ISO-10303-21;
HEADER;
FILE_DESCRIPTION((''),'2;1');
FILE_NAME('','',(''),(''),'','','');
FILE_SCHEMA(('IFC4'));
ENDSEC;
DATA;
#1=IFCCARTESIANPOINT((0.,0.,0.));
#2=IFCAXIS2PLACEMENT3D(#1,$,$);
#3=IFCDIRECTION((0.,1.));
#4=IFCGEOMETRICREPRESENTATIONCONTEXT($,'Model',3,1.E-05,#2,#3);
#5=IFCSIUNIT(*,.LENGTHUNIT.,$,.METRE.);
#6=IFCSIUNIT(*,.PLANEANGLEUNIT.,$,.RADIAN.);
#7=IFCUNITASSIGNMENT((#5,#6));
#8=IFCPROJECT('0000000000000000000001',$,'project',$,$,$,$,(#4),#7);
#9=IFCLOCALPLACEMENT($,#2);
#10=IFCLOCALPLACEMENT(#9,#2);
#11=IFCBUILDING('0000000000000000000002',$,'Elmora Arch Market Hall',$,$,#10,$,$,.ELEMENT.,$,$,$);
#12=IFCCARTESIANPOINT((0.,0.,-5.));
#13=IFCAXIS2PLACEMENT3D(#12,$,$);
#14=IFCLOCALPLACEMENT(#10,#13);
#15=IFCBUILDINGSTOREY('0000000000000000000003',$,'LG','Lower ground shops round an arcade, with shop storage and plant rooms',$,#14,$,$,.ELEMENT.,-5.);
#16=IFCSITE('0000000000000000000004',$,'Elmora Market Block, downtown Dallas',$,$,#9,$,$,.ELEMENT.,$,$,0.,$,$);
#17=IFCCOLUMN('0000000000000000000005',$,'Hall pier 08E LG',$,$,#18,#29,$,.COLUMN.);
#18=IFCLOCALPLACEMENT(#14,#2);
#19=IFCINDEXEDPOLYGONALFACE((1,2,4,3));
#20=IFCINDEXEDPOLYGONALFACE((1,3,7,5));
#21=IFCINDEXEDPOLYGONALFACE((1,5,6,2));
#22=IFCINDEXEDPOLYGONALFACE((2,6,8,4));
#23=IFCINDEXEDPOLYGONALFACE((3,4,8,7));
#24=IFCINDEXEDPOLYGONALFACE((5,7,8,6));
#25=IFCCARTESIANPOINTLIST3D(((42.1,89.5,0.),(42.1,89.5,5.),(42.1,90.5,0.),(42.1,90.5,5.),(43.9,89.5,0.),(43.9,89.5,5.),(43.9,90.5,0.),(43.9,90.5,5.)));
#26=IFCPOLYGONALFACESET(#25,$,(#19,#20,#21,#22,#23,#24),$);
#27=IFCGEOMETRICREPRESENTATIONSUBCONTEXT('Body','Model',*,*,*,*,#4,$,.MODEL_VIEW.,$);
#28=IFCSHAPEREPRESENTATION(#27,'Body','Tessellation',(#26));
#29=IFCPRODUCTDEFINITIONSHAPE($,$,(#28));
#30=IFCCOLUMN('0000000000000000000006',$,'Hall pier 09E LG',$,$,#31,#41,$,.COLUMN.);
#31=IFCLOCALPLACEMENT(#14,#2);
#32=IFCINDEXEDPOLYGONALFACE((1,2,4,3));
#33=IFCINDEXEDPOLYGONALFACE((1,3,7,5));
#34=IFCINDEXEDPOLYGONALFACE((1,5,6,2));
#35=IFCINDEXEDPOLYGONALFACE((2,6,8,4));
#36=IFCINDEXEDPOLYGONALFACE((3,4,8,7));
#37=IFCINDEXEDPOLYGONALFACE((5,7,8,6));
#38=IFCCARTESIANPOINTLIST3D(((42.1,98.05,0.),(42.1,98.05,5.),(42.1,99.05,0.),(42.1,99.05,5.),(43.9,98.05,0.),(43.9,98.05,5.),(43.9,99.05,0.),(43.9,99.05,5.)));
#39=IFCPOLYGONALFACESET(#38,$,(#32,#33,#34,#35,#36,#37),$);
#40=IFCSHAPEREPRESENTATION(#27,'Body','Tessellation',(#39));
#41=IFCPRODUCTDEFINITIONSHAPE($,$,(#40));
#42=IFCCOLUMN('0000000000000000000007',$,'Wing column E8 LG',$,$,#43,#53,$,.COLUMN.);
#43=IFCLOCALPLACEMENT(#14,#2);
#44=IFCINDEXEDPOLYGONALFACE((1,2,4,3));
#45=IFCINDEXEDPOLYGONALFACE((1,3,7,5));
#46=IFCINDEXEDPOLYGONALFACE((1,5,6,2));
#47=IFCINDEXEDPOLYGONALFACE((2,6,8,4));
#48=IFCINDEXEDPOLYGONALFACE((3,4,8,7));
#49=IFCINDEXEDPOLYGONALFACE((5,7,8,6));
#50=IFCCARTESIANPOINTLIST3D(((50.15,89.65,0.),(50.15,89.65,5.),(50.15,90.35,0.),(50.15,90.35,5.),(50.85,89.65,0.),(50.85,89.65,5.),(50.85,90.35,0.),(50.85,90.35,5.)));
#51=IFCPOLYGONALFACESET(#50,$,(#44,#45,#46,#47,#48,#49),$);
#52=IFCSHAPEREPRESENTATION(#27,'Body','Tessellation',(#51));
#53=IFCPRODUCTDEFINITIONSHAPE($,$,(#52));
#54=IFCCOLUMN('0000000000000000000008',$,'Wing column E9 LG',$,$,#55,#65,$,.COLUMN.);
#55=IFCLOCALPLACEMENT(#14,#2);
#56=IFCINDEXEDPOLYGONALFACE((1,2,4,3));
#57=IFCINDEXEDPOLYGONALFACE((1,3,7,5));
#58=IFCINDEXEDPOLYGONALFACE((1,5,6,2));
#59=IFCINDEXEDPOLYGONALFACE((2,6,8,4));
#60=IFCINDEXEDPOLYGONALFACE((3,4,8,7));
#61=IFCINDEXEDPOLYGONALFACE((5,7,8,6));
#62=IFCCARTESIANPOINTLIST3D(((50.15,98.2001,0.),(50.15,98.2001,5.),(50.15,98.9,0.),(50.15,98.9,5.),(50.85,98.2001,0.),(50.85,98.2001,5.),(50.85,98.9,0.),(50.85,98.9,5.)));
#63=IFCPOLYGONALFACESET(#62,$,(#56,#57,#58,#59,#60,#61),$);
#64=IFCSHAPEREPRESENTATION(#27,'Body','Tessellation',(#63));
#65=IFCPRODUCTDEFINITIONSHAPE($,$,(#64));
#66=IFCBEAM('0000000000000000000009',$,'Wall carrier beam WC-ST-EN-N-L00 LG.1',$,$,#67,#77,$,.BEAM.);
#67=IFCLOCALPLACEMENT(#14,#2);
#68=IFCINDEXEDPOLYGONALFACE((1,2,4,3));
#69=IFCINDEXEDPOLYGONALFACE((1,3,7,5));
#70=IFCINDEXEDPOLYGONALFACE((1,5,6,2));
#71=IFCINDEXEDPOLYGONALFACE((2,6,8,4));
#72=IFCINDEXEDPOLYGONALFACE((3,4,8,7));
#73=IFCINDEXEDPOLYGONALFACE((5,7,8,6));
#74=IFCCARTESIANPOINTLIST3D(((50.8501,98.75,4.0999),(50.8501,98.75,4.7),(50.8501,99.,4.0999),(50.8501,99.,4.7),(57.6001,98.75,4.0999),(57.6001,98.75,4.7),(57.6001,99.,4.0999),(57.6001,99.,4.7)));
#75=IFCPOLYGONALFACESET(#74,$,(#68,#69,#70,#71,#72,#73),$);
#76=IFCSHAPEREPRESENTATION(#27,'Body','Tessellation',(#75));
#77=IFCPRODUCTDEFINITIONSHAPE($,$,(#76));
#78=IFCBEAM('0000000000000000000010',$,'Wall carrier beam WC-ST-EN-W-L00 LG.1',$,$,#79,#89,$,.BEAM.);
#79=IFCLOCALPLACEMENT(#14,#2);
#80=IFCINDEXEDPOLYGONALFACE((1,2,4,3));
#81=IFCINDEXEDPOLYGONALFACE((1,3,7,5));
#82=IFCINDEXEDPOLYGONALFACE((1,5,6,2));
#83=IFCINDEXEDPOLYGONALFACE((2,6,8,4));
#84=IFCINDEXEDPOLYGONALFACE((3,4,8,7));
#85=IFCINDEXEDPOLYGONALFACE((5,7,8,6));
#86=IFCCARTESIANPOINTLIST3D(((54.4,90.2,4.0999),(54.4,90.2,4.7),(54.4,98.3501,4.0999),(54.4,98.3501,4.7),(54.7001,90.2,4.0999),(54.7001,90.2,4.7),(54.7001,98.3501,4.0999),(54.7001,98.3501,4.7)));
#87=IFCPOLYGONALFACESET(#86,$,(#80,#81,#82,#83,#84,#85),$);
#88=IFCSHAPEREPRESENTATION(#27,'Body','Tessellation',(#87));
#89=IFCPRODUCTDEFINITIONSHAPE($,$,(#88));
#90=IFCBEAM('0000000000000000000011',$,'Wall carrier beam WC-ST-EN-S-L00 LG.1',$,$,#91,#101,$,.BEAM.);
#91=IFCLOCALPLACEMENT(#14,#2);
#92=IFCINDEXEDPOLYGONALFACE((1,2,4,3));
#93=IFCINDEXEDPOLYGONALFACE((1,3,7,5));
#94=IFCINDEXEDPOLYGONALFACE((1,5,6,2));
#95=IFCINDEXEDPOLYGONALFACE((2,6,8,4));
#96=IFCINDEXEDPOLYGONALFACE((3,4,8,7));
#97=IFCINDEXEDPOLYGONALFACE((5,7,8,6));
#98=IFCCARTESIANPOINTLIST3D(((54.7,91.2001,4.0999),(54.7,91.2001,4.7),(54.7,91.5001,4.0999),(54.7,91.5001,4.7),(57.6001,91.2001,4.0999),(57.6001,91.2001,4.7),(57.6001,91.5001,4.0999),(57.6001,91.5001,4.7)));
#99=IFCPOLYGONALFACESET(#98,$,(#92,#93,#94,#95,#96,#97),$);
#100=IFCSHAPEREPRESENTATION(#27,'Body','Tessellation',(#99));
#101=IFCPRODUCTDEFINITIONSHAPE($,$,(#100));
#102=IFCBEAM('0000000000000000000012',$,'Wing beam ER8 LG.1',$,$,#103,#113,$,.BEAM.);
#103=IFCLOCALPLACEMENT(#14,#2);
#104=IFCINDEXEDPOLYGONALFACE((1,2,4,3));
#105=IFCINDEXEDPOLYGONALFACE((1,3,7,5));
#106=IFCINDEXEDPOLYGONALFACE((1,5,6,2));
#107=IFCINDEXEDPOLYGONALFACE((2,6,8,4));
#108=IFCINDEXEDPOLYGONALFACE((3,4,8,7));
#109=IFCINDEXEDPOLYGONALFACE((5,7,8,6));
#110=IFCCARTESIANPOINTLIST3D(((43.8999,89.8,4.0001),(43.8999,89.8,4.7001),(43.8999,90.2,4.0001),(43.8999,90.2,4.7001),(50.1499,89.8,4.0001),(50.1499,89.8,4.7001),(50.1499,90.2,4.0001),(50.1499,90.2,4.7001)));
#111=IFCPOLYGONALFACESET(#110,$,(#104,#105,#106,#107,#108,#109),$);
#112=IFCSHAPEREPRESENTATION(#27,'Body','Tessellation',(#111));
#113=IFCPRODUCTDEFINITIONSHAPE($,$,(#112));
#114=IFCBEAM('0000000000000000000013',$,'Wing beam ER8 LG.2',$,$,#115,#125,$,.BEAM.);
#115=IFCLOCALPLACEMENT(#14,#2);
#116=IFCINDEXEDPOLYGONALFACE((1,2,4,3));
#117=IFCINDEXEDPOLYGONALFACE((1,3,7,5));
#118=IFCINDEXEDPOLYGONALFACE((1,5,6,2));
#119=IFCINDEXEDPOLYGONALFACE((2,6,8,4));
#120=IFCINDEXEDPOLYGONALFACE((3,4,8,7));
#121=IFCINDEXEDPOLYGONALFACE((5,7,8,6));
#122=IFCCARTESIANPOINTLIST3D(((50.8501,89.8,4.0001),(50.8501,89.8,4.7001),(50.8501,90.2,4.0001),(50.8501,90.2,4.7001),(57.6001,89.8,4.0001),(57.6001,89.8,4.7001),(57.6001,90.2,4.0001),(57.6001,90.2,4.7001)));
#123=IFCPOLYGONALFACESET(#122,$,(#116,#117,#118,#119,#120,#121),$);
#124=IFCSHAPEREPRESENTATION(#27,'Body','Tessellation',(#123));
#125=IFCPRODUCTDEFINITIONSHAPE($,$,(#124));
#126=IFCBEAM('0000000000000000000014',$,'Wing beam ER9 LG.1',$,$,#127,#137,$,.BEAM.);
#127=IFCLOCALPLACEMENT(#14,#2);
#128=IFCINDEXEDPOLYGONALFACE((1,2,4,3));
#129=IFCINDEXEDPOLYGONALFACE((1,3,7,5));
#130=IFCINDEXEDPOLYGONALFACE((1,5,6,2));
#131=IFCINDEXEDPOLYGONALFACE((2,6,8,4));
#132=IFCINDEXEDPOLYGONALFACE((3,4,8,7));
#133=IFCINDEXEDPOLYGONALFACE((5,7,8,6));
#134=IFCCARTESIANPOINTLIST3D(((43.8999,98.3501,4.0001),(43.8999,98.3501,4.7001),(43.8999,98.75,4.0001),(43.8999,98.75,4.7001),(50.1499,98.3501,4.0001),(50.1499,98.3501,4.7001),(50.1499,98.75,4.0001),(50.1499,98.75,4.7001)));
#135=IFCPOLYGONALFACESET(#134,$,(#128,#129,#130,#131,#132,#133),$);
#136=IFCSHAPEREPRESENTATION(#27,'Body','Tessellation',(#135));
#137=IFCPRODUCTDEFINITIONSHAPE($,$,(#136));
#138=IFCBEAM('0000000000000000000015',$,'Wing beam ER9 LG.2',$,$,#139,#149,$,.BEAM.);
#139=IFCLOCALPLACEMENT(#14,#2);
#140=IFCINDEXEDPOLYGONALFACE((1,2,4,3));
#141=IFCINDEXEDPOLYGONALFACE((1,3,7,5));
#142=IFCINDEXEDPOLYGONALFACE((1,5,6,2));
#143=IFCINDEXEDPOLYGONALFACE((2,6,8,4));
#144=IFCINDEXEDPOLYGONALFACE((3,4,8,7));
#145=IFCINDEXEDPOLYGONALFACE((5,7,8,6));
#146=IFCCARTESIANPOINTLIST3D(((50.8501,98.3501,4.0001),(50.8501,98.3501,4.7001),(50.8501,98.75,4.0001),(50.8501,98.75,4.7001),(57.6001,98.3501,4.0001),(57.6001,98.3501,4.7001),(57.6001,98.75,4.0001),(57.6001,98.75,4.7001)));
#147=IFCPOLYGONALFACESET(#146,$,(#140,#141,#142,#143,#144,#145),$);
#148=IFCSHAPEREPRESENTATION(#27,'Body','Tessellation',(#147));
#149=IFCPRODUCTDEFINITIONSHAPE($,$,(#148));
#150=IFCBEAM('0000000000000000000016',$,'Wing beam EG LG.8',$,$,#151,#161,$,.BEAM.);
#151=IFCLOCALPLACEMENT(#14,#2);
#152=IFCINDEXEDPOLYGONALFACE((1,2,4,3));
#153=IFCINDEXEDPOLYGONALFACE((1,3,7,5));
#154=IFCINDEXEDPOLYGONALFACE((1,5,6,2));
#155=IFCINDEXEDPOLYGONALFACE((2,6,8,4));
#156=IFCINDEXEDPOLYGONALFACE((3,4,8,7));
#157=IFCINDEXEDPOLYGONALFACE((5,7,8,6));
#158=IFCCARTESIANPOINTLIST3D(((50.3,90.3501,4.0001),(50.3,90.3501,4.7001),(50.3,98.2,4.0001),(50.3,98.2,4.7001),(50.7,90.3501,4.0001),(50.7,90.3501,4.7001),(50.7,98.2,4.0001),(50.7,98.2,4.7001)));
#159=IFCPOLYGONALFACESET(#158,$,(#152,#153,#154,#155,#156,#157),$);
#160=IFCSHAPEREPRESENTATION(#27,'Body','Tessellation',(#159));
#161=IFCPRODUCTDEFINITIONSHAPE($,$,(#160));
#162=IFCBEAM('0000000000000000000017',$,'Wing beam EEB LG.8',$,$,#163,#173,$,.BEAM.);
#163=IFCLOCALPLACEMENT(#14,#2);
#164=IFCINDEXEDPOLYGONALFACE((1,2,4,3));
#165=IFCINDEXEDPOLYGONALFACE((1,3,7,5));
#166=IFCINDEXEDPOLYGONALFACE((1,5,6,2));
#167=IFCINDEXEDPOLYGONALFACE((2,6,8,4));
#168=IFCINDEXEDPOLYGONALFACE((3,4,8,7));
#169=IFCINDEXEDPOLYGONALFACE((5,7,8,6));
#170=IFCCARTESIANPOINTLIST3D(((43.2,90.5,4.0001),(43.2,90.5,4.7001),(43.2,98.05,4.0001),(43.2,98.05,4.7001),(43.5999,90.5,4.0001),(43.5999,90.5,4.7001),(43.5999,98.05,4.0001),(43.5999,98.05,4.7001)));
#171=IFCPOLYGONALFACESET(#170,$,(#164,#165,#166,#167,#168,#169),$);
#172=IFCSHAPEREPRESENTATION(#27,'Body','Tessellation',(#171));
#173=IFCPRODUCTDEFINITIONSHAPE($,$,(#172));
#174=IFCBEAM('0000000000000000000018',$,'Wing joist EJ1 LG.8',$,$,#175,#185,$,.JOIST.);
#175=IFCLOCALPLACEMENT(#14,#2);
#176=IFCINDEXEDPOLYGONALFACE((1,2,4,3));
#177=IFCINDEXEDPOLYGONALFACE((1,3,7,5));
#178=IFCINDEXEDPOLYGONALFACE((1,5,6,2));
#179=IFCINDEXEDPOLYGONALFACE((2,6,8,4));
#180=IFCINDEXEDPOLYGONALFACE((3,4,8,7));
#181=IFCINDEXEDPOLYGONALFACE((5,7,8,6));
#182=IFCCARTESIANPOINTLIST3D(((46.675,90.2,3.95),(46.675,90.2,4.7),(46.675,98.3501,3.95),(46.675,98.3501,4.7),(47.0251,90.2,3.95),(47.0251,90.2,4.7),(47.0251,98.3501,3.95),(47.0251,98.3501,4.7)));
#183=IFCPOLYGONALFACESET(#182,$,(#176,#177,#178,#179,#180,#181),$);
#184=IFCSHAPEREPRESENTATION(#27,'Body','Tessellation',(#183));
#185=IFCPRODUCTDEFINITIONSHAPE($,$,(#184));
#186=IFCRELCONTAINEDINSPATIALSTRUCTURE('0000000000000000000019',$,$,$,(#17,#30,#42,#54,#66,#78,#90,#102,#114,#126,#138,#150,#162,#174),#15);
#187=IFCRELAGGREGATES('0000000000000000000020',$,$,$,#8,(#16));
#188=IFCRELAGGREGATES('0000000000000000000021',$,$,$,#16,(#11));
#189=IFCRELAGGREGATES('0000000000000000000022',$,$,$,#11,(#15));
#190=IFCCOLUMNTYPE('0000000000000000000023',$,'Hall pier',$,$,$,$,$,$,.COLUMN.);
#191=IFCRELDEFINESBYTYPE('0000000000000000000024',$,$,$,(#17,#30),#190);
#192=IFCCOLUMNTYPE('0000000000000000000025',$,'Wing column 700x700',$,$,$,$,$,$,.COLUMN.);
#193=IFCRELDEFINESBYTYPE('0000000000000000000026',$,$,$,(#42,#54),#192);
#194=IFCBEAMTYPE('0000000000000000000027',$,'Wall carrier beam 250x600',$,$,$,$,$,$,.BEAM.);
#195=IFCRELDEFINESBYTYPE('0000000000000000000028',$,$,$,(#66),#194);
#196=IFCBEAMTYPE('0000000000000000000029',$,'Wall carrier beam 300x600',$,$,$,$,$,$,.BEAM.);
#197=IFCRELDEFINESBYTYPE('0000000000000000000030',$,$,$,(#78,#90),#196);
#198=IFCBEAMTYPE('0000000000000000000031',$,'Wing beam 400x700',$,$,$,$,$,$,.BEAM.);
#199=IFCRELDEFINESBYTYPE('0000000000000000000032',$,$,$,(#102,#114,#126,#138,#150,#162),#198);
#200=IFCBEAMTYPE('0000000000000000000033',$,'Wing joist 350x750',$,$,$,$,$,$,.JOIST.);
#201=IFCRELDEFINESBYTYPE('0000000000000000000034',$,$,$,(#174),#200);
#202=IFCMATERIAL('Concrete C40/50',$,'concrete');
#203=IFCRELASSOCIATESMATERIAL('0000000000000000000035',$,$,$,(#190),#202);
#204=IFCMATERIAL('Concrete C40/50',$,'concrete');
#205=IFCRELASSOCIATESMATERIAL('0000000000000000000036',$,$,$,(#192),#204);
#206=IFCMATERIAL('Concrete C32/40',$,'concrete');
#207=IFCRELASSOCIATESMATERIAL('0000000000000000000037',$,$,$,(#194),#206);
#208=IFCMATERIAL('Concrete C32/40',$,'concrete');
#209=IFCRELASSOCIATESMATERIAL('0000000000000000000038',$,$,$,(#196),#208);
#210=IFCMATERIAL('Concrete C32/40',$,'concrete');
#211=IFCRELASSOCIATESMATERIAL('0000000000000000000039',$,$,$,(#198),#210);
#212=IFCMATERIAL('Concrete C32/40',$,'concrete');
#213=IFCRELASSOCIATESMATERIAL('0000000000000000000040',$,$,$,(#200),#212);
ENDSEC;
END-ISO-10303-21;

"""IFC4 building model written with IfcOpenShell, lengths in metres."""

from ifc_helpers import new_model, si_unit, direction, frame, origin, origin_2d, place, context, subcontext, project, spatial, rectangle, extrude, material, material_profile, profile_set, type_object, element, save


model = new_model("IFC4")

# Units and contexts
model_context = context("Model", 3, precision=1e-05, world=origin(), true_north=direction((0.0, 1.0)))
body_context = subcontext(model_context, "Body", "Model", "MODEL_VIEW")
ifc_project = project(units=[si_unit("LENGTHUNIT", "METRE"), si_unit("PLANEANGLEUNIT", "RADIAN")], contexts=[model_context])

# Site, building, storey
site_placement = place(None, origin())
site = spatial("IfcSite", under=ifc_project, at=site_placement, Name="Elmora Market Block, downtown Dallas", CompositionType="ELEMENT", RefElevation=0.0)
building_placement = place(site_placement, origin())
building = spatial("IfcBuilding", under=site, at=building_placement, Name="Elmora Arch Market Hall", CompositionType="ELEMENT")
storey_placement = place(building_placement, frame((0.0, 0.0, -5.0)))
storey = spatial("IfcBuildingStorey", under=building, at=storey_placement, Name="LG", Description="Lower ground shops round an arcade, with shop storage and plant rooms", CompositionType="ELEMENT", Elevation=-5.0)

# Columns
ifc_material_1 = material(Name="Concrete C40/50", Category="concrete")
ifc_material_profile_1 = material_profile(ifc_material_1, rectangle(XDim=1.8, YDim=1.0, at=origin_2d()), Name="Hall pier")
ifc_profile_set_1 = profile_set([ifc_material_profile_1], Name="Concrete C40/50")
column_type_1 = type_object("IfcColumnType", Name="Hall pier", PredefinedType="COLUMN", material=ifc_profile_set_1)
for number, where, z_axis, x_axis, name in (
    (1, (43.0, 90.0, 0.0), (0.0, 0.0, 1.0), (1.0, 0.0, 0.0), "Hall pier 08E LG"),
    (2, (43.0, 98.55, 0.0), (0.0, 0.0, 1.0), (1.0, 0.0, 0.0), "Hall pier 09E LG"),
):
    element("IfcColumn", number, at=place(storey_placement, frame(where, z_axis=z_axis, x_axis=x_axis)), inside=storey, type_object=column_type_1, Name=name, PredefinedType="COLUMN", context=body_context, shape_type="SweptSolid", body=[
        extrude(rectangle(XDim=1.8, YDim=1.0, at=origin_2d()), origin(), (0.0, 0.0, 1.0), 5.0),
    ])
ifc_material_2 = material(Name="Concrete C40/50", Category="concrete")
ifc_material_profile_2 = material_profile(ifc_material_2, rectangle(XDim=0.7, YDim=0.7, at=origin_2d()), Name="Wing column 700x700")
ifc_profile_set_2 = profile_set([ifc_material_profile_2], Name="Concrete C40/50")
column_type_2 = type_object("IfcColumnType", Name="Wing column 700x700", PredefinedType="COLUMN", material=ifc_profile_set_2)
for number, where, z_axis, x_axis, name in (
    (3, (50.5, 90.0, 0.0), (0.0, 0.0, 1.0), (1.0, 0.0, 0.0), "Wing column E8 LG"),
    (4, (50.5, 98.55, 0.0), (0.0, 0.0, 1.0), (1.0, 0.0, 0.0), "Wing column E9 LG"),
):
    element("IfcColumn", number, at=place(storey_placement, frame(where, z_axis=z_axis, x_axis=x_axis)), inside=storey, type_object=column_type_2, Name=name, PredefinedType="COLUMN", context=body_context, shape_type="SweptSolid", body=[
        extrude(rectangle(XDim=0.7, YDim=0.7, at=origin_2d()), origin(), (0.0, 0.0, 1.0), 5.0),
    ])

# Beams
ifc_material_3 = material(Name="Concrete C32/40", Category="concrete")
ifc_material_profile_3 = material_profile(ifc_material_3, rectangle(XDim=0.25, YDim=0.6001, at=origin_2d()), Name="Wall carrier beam 250x600")
ifc_profile_set_3 = profile_set([ifc_material_profile_3], Name="Concrete C32/40")
beam_type_1 = type_object("IfcBeamType", Name="Wall carrier beam 250x600", PredefinedType="BEAM", material=ifc_profile_set_3)
beam_1_placement = place(storey_placement, frame((50.8501, 98.875, 4.3999), z_axis=(1.0, 0.0, 0.0), x_axis=(0.0, 1.0, 0.0)))
element("IfcBeam", 5, at=beam_1_placement, inside=storey, type_object=beam_type_1, Name="Wall carrier beam WC-ST-EN-N-L00 LG.1", PredefinedType="BEAM", context=body_context, shape_type="SweptSolid", body=[
    extrude(rectangle(XDim=0.25, YDim=0.6001, at=origin_2d()), origin(), (0.0, 0.0, 1.0), 6.75),
])
ifc_material_4 = material(Name="Concrete C32/40", Category="concrete")
ifc_material_profile_4 = material_profile(ifc_material_4, rectangle(XDim=0.3, YDim=0.6001, at=origin_2d()), Name="Wall carrier beam 300x600")
ifc_profile_set_4 = profile_set([ifc_material_profile_4], Name="Concrete C32/40")
beam_type_2 = type_object("IfcBeamType", Name="Wall carrier beam 300x600", PredefinedType="BEAM", material=ifc_profile_set_4)
beam_2_placement = place(storey_placement, frame((54.55, 90.2, 4.3999), z_axis=(0.0, 1.0, 0.0), x_axis=(-1.0, 0.0, 0.0)))
element("IfcBeam", 6, at=beam_2_placement, inside=storey, type_object=beam_type_2, Name="Wall carrier beam WC-ST-EN-W-L00 LG.1", PredefinedType="BEAM", context=body_context, shape_type="SweptSolid", body=[
    extrude(rectangle(XDim=0.3, YDim=0.6001, at=origin_2d()), origin(), (0.0, 0.0, 1.0), 8.1501),
])
beam_3_placement = place(storey_placement, frame((54.7, 91.3501, 4.3999), z_axis=(1.0, 0.0, 0.0), x_axis=(0.0, 1.0, 0.0)))
element("IfcBeam", 7, at=beam_3_placement, inside=storey, type_object=beam_type_2, Name="Wall carrier beam WC-ST-EN-S-L00 LG.1", PredefinedType="BEAM", context=body_context, shape_type="SweptSolid", body=[
    extrude(rectangle(XDim=0.3, YDim=0.6001, at=origin_2d()), origin(), (0.0, 0.0, 1.0), 2.9001),
])
ifc_material_5 = material(Name="Concrete C32/40", Category="concrete")
ifc_material_profile_5 = material_profile(ifc_material_5, rectangle(XDim=0.3999, YDim=0.7, at=origin_2d()), Name="Wing beam 400x700")
ifc_profile_set_5 = profile_set([ifc_material_profile_5], Name="Concrete C32/40")
beam_type_3 = type_object("IfcBeamType", Name="Wing beam 400x700", PredefinedType="BEAM", material=ifc_profile_set_5)
beam_4_placement = place(storey_placement, frame((43.8999, 90.0, 4.3501), z_axis=(1.0, 0.0, 0.0), x_axis=(0.0, 1.0, 0.0)))
element("IfcBeam", 8, at=beam_4_placement, inside=storey, type_object=beam_type_3, Name="Wing beam ER8 LG.1", PredefinedType="BEAM", context=body_context, shape_type="SweptSolid", body=[
    extrude(rectangle(XDim=0.3999, YDim=0.7, at=origin_2d()), origin(), (0.0, 0.0, 1.0), 6.25),
])
beam_5_placement = place(storey_placement, frame((50.8501, 90.0, 4.3501), z_axis=(1.0, 0.0, 0.0), x_axis=(0.0, 1.0, 0.0)))
element("IfcBeam", 9, at=beam_5_placement, inside=storey, type_object=beam_type_3, Name="Wing beam ER8 LG.2", PredefinedType="BEAM", context=body_context, shape_type="SweptSolid", body=[
    extrude(rectangle(XDim=0.3999, YDim=0.7, at=origin_2d()), origin(), (0.0, 0.0, 1.0), 6.75),
])
beam_6_placement = place(storey_placement, frame((43.8999, 98.55, 4.3501), z_axis=(1.0, 0.0, 0.0), x_axis=(0.0, 1.0, 0.0)))
element("IfcBeam", 10, at=beam_6_placement, inside=storey, type_object=beam_type_3, Name="Wing beam ER9 LG.1", PredefinedType="BEAM", context=body_context, shape_type="SweptSolid", body=[
    extrude(rectangle(XDim=0.3999, YDim=0.7, at=origin_2d()), origin(), (0.0, 0.0, 1.0), 6.25),
])
beam_7_placement = place(storey_placement, frame((50.8501, 98.55, 4.3501), z_axis=(1.0, 0.0, 0.0), x_axis=(0.0, 1.0, 0.0)))
element("IfcBeam", 11, at=beam_7_placement, inside=storey, type_object=beam_type_3, Name="Wing beam ER9 LG.2", PredefinedType="BEAM", context=body_context, shape_type="SweptSolid", body=[
    extrude(rectangle(XDim=0.3999, YDim=0.7, at=origin_2d()), origin(), (0.0, 0.0, 1.0), 6.75),
])
beam_8_placement = place(storey_placement, frame((50.5, 90.3501, 4.3501), z_axis=(0.0, 1.0, 0.0), x_axis=(-1.0, 0.0, 0.0)))
element("IfcBeam", 12, at=beam_8_placement, inside=storey, type_object=beam_type_3, Name="Wing beam EG LG.8", PredefinedType="BEAM", context=body_context, shape_type="SweptSolid", body=[
    extrude(rectangle(XDim=0.3999, YDim=0.7, at=origin_2d()), origin(), (0.0, 0.0, 1.0), 7.8499),
])
beam_9_placement = place(storey_placement, frame((43.3999, 90.5, 4.3501), z_axis=(0.0, 1.0, 0.0), x_axis=(-1.0, 0.0, 0.0)))
element("IfcBeam", 13, at=beam_9_placement, inside=storey, type_object=beam_type_3, Name="Wing beam EEB LG.8", PredefinedType="BEAM", context=body_context, shape_type="SweptSolid", body=[
    extrude(rectangle(XDim=0.3999, YDim=0.7, at=origin_2d()), origin(), (0.0, 0.0, 1.0), 7.55),
])
ifc_material_6 = material(Name="Concrete C32/40", Category="concrete")
ifc_material_profile_6 = material_profile(ifc_material_6, rectangle(XDim=0.3501, YDim=0.75, at=origin_2d()), Name="Wing joist 350x750")
ifc_profile_set_6 = profile_set([ifc_material_profile_6], Name="Concrete C32/40")
beam_type_4 = type_object("IfcBeamType", Name="Wing joist 350x750", PredefinedType="JOIST", material=ifc_profile_set_6)
for number, where, z_axis, x_axis, name in (
    (14, (46.8501, 90.2, 4.325), (0.0, 1.0, 0.0), (-1.0, 0.0, 0.0), "Wing joist EJ1 LG.8"),
):
    element("IfcBeam", number, at=place(storey_placement, frame(where, z_axis=z_axis, x_axis=x_axis)), inside=storey, type_object=beam_type_4, Name=name, PredefinedType="JOIST", context=body_context, shape_type="SweptSolid", body=[
        extrude(rectangle(XDim=0.3501, YDim=0.75, at=origin_2d()), origin(), (0.0, 0.0, 1.0), 8.1501),
    ])

save(model, "model.ifc")
